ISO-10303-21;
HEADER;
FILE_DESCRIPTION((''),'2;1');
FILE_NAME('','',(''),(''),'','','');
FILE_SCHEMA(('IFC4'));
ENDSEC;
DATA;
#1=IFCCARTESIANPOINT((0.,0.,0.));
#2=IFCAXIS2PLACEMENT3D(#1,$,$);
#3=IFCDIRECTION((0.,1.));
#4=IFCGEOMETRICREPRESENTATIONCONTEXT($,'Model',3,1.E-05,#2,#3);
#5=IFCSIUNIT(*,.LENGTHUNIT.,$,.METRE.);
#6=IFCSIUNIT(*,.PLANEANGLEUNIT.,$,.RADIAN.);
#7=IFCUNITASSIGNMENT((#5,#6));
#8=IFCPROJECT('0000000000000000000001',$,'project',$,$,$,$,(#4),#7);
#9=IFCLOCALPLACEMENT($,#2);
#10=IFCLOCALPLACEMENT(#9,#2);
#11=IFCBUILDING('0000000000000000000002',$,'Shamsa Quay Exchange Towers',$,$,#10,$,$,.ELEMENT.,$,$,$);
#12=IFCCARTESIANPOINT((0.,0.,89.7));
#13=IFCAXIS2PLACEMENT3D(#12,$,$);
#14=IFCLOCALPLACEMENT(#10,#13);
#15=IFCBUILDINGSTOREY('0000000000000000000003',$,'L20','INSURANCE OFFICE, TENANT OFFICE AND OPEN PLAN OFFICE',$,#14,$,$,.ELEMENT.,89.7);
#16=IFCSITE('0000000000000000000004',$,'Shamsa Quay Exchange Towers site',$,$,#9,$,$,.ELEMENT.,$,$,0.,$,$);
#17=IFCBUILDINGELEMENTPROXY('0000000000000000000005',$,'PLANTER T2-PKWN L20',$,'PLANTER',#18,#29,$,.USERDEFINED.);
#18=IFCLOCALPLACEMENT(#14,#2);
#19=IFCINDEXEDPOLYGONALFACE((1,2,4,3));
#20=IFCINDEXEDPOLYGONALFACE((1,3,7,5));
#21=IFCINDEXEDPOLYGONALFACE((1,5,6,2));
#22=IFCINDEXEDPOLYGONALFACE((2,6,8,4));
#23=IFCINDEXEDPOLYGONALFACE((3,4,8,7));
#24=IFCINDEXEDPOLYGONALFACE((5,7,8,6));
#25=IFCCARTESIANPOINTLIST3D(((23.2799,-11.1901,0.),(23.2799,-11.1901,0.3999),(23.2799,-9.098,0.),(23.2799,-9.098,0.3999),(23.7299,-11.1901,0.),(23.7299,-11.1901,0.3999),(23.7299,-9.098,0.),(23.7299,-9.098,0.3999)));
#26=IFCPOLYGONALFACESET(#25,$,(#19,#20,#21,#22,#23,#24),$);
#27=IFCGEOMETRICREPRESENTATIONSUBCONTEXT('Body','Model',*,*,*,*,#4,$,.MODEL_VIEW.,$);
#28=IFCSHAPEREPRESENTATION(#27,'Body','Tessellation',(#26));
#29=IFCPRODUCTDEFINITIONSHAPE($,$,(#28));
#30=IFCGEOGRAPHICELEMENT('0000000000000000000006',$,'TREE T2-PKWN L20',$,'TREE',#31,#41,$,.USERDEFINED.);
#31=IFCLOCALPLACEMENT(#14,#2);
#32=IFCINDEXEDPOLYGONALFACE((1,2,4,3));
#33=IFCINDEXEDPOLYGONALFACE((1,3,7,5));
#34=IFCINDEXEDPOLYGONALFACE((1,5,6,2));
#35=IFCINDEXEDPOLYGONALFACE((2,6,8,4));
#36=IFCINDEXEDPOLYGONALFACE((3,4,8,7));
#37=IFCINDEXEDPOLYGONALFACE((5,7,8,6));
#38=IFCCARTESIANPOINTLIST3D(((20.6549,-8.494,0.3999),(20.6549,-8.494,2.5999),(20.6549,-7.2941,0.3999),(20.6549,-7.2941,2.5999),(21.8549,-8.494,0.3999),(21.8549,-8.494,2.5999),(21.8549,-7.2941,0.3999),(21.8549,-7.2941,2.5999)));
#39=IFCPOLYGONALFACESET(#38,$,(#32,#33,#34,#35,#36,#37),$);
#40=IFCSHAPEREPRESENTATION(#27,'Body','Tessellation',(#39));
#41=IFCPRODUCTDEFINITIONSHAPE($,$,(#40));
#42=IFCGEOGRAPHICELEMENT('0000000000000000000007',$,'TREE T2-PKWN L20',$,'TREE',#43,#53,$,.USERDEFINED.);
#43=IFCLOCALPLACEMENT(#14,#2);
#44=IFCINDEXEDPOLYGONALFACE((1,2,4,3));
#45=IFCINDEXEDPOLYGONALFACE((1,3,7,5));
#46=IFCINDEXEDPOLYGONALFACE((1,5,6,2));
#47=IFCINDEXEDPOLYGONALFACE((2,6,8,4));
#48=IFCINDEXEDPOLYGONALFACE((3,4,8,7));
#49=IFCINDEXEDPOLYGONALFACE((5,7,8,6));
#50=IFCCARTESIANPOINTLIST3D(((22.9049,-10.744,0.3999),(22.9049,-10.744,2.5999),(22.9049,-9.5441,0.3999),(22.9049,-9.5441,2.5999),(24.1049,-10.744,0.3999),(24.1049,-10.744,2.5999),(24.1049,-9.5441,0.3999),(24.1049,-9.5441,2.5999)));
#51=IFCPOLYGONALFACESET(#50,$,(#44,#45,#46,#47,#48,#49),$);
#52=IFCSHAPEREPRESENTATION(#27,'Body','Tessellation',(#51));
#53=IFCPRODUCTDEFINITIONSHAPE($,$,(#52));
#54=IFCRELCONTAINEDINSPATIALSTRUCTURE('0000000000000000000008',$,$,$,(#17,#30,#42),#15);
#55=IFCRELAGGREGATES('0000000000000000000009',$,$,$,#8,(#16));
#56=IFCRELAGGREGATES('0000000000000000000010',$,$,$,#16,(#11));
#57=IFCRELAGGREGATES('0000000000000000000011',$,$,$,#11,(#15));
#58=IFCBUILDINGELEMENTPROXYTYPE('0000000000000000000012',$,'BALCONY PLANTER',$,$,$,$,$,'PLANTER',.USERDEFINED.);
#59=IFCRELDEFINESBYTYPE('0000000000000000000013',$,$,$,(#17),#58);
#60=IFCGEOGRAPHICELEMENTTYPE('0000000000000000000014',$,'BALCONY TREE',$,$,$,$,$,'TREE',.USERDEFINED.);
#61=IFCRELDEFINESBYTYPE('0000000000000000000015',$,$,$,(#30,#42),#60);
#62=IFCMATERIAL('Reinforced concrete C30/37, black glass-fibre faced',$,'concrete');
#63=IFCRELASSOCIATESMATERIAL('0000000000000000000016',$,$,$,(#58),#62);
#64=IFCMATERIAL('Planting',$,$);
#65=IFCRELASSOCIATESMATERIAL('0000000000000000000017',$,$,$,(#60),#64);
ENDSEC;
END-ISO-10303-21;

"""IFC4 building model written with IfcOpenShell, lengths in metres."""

from ifc_helpers import new_model, si_unit, direction, frame, origin, origin_2d, place, context, subcontext, project, spatial, rectangle, extrude, material, type_object, element, save


model = new_model("IFC4")

# Units and contexts
model_context = context("Model", 3, precision=1e-05, world=origin(), true_north=direction((0.0, 1.0)))
body_context = subcontext(model_context, "Body", "Model", "MODEL_VIEW")
ifc_project = project(units=[si_unit("LENGTHUNIT", "METRE"), si_unit("PLANEANGLEUNIT", "RADIAN")], contexts=[model_context])

# Site, building, storey
site_placement = place(None, origin())
site = spatial("IfcSite", under=ifc_project, at=site_placement, Name="Shamsa Quay Exchange Towers site", CompositionType="ELEMENT", RefElevation=0.0)
building_placement = place(site_placement, origin())
building = spatial("IfcBuilding", under=site, at=building_placement, Name="Shamsa Quay Exchange Towers", CompositionType="ELEMENT")
storey_placement = place(building_placement, frame((0.0, 0.0, 89.7)))
storey = spatial("IfcBuildingStorey", under=building, at=storey_placement, Name="L20", Description="INSURANCE OFFICE, TENANT OFFICE AND OPEN PLAN OFFICE", CompositionType="ELEMENT", Elevation=89.7)

# Building element proxy
ifc_material_1 = material(Name="Reinforced concrete C30/37, black glass-fibre faced", Category="concrete")
building_element_proxy_type = type_object("IfcBuildingElementProxyType", Name="BALCONY PLANTER", ElementType="PLANTER", PredefinedType="USERDEFINED", material=ifc_material_1)
for number, where, z_axis, x_axis, name in (
    (1, (23.5049, -10.144, 0.0), (0.0, 0.0, 1.0), (0.0, -1.0, 0.0), "PLANTER T2-PKWN L20"),
):
    element("IfcBuildingElementProxy", number, at=place(storey_placement, frame(where, z_axis=z_axis, x_axis=x_axis)), inside=storey, type_object=building_element_proxy_type, Name=name, ObjectType="PLANTER", PredefinedType="USERDEFINED", context=body_context, shape_type="SweptSolid", body=[
        extrude(rectangle(XDim=2.092, YDim=0.45, at=origin_2d()), origin(), (0.0, 0.0, 1.0), 0.3999),
    ])

# Geographic elements
ifc_material_2 = material(Name="Planting")
geographic_element_type = type_object("IfcGeographicElementType", Name="BALCONY TREE", ElementType="TREE", PredefinedType="USERDEFINED", material=ifc_material_2)
for number, where, z_axis, x_axis, name in (
    (2, (21.2549, -7.894, 0.3999), (0.0, 0.0, 1.0), (0.0, -1.0, 0.0), "TREE T2-PKWN L20"),
    (3, (23.5049, -10.144, 0.3999), (0.0, 0.0, 1.0), (0.0, -1.0, 0.0), "TREE T2-PKWN L20"),
):
    element("IfcGeographicElement", number, at=place(storey_placement, frame(where, z_axis=z_axis, x_axis=x_axis)), inside=storey, type_object=geographic_element_type, Name=name, ObjectType="TREE", PredefinedType="USERDEFINED", context=body_context, shape_type="SweptSolid", body=[
        extrude(rectangle(XDim=1.2, YDim=1.2, at=origin_2d()), origin(), (0.0, 0.0, 1.0), 2.2),
    ])

save(model, "model.ifc")
